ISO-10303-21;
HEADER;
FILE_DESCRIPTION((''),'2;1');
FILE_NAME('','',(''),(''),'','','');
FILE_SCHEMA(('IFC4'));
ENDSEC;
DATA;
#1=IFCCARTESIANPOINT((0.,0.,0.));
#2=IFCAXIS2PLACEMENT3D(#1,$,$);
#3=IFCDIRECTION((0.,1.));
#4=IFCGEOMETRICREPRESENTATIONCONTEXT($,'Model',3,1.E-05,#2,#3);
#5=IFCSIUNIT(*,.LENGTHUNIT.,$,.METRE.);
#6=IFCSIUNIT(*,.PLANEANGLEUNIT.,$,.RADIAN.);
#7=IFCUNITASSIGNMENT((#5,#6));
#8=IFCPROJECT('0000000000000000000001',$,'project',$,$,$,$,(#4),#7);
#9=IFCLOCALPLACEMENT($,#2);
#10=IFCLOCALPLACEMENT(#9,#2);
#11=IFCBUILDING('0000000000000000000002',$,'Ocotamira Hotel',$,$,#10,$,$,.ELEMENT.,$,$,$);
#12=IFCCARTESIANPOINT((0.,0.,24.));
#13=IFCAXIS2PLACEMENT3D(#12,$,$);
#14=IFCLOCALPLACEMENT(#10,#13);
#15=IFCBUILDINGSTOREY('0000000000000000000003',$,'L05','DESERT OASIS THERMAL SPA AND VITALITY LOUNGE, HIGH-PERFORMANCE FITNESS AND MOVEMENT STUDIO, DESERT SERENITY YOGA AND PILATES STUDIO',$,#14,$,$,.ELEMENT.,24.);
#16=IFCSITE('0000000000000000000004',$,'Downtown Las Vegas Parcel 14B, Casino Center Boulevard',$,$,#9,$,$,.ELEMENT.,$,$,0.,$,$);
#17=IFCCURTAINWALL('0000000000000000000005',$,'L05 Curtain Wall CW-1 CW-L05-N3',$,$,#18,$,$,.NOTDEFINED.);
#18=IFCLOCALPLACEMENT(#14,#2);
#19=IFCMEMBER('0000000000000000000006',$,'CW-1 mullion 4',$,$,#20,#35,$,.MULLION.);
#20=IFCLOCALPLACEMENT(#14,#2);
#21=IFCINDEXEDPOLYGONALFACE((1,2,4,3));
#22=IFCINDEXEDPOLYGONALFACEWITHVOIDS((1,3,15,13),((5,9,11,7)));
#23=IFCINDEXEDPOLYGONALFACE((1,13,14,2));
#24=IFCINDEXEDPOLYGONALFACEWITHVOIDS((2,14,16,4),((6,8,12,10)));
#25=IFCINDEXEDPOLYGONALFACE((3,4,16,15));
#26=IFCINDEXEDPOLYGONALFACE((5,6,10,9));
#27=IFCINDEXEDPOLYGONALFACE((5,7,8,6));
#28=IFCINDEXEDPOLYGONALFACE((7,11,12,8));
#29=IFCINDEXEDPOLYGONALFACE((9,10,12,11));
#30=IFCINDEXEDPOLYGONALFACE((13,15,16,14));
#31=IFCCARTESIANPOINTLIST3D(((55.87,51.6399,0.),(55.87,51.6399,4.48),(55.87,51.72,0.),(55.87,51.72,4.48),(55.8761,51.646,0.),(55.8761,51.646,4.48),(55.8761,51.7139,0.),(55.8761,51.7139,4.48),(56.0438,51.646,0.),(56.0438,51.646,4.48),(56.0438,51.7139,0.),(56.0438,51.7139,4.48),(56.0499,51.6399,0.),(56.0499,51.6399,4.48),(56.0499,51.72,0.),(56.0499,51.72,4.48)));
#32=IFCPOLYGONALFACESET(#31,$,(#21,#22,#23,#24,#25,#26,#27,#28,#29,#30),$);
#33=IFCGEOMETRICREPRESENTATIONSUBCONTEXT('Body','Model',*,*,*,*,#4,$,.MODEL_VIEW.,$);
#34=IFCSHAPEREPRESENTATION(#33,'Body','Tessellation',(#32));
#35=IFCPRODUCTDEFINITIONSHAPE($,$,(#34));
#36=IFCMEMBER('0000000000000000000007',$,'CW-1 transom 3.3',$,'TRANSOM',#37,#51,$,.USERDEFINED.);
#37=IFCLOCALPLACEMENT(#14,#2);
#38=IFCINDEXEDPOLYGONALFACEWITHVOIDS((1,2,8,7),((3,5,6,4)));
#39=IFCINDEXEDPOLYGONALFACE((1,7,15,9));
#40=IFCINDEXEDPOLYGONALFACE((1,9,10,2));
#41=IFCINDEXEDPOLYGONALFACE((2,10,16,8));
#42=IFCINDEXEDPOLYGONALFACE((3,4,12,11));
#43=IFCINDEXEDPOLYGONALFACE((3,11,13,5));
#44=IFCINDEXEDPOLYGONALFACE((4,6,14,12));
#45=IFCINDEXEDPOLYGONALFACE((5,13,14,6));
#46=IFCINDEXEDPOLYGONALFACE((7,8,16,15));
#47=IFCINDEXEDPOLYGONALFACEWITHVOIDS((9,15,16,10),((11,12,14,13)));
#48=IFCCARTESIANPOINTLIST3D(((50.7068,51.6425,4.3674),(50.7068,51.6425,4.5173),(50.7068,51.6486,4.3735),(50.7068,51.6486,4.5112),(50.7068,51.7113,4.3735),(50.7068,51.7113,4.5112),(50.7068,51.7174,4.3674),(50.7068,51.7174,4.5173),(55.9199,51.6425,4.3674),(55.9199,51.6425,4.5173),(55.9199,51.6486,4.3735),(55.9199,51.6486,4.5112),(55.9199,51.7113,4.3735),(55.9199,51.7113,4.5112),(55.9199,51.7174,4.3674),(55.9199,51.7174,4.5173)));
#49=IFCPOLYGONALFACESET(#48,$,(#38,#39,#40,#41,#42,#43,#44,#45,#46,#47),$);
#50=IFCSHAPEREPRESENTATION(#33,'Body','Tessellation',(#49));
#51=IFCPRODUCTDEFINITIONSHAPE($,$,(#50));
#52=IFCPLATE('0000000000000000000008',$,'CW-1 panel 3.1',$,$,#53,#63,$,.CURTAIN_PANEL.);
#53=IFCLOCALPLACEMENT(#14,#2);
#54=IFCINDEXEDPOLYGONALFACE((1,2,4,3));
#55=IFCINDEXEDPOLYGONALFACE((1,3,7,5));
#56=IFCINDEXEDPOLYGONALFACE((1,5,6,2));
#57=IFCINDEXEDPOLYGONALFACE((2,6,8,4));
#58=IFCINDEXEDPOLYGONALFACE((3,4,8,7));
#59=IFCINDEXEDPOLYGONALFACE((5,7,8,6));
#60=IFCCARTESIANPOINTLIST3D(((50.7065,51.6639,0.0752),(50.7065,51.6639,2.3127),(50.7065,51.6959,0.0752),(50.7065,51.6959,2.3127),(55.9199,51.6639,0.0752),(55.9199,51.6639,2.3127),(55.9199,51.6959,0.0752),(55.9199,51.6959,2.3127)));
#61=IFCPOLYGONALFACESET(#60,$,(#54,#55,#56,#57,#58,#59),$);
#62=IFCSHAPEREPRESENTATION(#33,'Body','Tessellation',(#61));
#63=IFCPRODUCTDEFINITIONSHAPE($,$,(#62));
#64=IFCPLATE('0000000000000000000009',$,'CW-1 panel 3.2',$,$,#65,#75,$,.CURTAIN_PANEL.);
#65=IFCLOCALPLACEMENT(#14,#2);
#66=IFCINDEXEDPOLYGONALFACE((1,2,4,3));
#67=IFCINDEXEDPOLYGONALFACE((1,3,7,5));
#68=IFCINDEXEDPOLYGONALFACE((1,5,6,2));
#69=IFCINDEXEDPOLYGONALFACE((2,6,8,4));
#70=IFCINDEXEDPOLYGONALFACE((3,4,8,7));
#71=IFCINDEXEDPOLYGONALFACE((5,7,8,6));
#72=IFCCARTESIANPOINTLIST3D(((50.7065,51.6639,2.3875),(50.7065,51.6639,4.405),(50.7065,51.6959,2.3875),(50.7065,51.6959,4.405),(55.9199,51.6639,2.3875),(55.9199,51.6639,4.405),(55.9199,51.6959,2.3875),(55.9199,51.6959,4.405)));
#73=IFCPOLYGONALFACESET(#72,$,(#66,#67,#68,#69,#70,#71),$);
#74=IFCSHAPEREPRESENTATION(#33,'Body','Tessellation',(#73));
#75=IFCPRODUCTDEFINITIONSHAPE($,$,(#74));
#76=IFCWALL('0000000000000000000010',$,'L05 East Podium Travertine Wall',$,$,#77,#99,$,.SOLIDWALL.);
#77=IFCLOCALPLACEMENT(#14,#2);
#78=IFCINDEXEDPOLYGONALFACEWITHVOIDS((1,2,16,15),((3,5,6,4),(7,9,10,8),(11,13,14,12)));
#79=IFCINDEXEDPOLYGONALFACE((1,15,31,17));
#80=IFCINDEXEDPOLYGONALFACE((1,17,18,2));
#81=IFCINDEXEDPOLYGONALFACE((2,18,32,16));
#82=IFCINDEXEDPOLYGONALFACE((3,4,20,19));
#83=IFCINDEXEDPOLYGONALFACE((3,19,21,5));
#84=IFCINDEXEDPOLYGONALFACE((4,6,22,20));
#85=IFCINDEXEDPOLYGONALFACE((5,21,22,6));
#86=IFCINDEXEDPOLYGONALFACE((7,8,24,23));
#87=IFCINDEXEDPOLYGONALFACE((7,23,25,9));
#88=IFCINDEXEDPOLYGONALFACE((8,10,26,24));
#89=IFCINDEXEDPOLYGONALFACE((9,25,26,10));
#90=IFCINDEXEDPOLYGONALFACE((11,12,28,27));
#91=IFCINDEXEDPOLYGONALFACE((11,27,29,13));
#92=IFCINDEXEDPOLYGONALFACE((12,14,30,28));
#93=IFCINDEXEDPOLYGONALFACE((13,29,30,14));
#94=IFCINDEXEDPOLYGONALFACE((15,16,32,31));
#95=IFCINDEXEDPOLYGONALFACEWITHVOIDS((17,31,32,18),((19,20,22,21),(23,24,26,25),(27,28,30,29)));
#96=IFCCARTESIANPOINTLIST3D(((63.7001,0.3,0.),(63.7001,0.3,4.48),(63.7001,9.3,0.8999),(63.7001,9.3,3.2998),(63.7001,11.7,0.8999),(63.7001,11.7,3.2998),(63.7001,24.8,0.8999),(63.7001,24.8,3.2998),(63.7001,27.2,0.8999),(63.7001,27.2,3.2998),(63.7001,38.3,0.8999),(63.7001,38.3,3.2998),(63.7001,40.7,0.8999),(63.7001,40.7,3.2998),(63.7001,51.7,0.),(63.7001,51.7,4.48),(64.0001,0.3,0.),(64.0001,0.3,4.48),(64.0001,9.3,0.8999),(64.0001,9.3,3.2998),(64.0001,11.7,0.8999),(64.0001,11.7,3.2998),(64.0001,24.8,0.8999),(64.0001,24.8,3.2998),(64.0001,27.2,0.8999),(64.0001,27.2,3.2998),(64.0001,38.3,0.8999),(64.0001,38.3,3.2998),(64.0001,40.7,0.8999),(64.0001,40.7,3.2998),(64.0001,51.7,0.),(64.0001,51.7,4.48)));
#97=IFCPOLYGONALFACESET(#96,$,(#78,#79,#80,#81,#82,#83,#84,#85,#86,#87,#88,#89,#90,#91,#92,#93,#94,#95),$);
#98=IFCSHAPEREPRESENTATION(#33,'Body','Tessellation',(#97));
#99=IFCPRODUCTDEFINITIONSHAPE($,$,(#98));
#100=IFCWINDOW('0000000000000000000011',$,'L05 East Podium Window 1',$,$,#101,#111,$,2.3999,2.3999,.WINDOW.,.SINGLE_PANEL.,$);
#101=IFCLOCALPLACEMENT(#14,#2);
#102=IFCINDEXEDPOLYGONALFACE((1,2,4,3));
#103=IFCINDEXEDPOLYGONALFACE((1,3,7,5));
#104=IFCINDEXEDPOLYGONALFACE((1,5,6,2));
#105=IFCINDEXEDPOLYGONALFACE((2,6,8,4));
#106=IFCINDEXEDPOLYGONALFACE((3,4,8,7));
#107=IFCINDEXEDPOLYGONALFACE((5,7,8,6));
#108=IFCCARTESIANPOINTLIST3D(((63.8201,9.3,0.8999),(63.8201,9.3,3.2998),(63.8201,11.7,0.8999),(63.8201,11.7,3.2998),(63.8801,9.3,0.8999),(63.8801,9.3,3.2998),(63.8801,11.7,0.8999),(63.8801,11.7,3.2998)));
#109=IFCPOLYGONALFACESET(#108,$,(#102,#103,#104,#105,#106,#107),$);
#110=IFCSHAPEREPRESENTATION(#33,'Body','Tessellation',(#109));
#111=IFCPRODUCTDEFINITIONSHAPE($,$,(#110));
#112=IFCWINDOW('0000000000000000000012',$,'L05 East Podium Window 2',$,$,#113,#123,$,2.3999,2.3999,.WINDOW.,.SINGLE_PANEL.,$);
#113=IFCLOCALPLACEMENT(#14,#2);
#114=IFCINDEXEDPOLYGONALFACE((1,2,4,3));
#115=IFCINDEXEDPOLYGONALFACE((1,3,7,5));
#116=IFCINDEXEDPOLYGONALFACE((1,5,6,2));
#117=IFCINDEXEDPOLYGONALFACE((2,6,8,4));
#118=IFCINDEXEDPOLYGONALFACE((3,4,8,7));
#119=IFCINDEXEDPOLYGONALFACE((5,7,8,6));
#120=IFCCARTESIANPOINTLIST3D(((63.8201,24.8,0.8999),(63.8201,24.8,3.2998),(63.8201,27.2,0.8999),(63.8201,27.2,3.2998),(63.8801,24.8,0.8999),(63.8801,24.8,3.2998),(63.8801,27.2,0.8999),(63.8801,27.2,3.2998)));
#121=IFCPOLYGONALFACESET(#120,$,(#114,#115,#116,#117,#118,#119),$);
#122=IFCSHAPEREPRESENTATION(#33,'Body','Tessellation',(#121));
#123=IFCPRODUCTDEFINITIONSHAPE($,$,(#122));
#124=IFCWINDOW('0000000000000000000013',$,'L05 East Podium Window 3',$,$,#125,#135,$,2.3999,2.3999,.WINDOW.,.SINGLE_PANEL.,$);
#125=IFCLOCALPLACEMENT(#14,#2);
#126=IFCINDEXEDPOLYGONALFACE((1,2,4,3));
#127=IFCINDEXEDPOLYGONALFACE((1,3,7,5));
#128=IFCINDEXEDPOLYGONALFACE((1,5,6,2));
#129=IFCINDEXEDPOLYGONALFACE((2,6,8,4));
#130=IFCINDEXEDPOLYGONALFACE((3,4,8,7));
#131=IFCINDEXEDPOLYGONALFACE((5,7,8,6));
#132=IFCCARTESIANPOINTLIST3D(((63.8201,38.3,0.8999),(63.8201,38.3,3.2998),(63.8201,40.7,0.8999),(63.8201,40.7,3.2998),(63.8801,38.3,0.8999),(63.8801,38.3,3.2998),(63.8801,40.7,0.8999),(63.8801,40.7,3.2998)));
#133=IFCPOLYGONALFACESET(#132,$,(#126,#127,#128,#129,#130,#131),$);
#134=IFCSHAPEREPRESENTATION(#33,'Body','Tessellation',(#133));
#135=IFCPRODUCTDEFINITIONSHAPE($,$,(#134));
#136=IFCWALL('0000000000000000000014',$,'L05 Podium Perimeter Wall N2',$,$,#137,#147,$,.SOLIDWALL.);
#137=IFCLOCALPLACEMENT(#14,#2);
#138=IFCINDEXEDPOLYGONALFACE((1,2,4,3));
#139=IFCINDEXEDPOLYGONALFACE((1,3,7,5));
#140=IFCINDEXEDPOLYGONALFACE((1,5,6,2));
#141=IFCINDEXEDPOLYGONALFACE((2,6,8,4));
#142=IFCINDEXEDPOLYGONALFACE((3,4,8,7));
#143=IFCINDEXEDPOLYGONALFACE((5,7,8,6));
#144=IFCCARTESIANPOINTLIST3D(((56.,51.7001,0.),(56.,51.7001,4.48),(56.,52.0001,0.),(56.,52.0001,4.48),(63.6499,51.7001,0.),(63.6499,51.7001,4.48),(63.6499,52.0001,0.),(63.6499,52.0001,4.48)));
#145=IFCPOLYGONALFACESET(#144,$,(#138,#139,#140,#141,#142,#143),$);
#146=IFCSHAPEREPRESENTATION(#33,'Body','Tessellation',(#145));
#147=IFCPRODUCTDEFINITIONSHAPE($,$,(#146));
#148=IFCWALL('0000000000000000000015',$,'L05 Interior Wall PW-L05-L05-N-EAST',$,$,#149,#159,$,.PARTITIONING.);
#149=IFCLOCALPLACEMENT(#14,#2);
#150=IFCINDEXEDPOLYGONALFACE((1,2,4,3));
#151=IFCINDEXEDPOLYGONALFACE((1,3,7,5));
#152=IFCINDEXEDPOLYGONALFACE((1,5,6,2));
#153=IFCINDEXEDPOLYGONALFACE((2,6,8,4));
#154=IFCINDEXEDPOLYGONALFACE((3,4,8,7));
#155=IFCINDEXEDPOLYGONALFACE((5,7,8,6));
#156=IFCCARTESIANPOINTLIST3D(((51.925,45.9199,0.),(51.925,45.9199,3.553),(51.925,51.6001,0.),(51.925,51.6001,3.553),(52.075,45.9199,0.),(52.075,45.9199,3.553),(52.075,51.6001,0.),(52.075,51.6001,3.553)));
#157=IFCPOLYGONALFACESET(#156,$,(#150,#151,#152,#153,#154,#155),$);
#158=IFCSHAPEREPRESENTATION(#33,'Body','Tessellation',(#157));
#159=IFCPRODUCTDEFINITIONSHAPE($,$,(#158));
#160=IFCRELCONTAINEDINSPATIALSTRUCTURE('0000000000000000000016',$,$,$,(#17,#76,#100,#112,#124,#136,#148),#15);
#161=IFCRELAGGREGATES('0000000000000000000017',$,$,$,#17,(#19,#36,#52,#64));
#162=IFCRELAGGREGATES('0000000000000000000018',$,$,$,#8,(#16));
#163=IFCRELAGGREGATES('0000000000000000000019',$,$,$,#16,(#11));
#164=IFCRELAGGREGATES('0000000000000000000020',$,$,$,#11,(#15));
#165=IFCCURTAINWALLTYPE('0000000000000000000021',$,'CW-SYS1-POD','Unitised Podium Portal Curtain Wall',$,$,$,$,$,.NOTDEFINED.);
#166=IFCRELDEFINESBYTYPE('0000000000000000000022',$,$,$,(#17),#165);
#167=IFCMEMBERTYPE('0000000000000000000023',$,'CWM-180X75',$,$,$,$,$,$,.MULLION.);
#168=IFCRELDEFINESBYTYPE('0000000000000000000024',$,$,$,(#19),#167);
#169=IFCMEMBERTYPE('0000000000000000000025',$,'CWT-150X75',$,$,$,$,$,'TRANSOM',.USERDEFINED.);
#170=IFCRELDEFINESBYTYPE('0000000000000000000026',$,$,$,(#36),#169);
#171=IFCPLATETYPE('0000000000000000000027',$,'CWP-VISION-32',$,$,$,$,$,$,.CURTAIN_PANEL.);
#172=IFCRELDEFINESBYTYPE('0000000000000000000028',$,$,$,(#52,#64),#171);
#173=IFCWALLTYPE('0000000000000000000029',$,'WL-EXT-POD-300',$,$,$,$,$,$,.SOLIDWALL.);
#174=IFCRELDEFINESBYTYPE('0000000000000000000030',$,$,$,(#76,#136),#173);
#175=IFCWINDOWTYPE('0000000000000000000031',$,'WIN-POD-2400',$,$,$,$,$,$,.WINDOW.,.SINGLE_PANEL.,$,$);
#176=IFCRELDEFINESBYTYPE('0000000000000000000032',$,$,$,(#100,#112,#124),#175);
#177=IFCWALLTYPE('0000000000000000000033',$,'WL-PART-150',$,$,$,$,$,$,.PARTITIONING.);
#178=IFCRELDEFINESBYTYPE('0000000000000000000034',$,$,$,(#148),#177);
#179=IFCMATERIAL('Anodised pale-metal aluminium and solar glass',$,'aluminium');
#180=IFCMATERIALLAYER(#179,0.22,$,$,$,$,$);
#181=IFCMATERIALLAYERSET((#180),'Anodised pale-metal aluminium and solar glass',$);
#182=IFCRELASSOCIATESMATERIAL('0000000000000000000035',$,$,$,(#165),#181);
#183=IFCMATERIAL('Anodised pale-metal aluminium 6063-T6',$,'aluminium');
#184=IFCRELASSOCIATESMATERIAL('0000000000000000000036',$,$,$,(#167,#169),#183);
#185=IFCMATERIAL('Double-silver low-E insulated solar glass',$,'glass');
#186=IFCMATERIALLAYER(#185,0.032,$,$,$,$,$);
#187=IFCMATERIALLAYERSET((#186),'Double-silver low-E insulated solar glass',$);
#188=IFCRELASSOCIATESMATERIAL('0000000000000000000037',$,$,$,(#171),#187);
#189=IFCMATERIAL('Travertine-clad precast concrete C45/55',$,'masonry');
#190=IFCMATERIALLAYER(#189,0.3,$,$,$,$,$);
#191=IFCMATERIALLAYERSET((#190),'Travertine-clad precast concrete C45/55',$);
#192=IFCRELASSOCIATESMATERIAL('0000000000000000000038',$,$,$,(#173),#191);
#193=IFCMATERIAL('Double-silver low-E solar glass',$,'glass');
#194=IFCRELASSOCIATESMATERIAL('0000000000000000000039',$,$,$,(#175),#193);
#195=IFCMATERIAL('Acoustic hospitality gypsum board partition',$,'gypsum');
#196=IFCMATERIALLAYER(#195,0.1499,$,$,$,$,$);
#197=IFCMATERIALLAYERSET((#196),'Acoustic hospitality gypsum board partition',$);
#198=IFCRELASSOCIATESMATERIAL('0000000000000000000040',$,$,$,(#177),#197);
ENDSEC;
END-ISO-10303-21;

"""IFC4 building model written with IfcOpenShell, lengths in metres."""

from ifc_helpers import new_model, si_unit, direction, frame, frame_2d, origin, origin_2d, place, context, subcontext, project, spatial, rectangle, hollow_rectangle, extrude, source, transform, mapped, material, layer, layer_set, material_profile, profile_set, type_object, element, fill, aggregate, save


model = new_model("IFC4")

# Units and contexts
model_context = context("Model", 3, precision=1e-05, world=origin(), true_north=direction((0.0, 1.0)))
body_context = subcontext(model_context, "Body", "Model", "MODEL_VIEW")
ifc_project = project(units=[si_unit("LENGTHUNIT", "METRE"), si_unit("PLANEANGLEUNIT", "RADIAN")], contexts=[model_context])

# Site, building, storey
site_placement = place(None, origin())
site = spatial("IfcSite", under=ifc_project, at=site_placement, Name="Downtown Las Vegas Parcel 14B, Casino Center Boulevard", CompositionType="ELEMENT", RefElevation=0.0)
building_placement = place(site_placement, origin())
building = spatial("IfcBuilding", under=site, at=building_placement, Name="Ocotamira Hotel", CompositionType="ELEMENT")
storey_placement = place(building_placement, frame((0.0, 0.0, 24.0)))
storey = spatial("IfcBuildingStorey", under=building, at=storey_placement, Name="L05", Description="DESERT OASIS THERMAL SPA AND VITALITY LOUNGE, HIGH-PERFORMANCE FITNESS AND MOVEMENT STUDIO, DESERT SERENITY YOGA AND PILATES STUDIO", CompositionType="ELEMENT", Elevation=24.0)

# Curtain wall, members, plates
ifc_material_1 = material(Name="Anodised pale-metal aluminium and solar glass", Category="aluminium")
ifc_layer_1 = layer(ifc_material_1, 0.22)
ifc_layer_set_1 = layer_set([ifc_layer_1], Name="Anodised pale-metal aluminium and solar glass")
curtain_wall_type = type_object("IfcCurtainWallType", Name="CW-SYS1-POD", Description="Unitised Podium Portal Curtain Wall", PredefinedType="NOTDEFINED", material=ifc_layer_set_1)
curtain_wall_placement = place(storey_placement, origin())
curtain_wall = element("IfcCurtainWall", 1, at=curtain_wall_placement, inside=storey, type_object=curtain_wall_type, Name="L05 Curtain Wall CW-1 CW-L05-N3", PredefinedType="NOTDEFINED")
ifc_material_2 = material(Name="Anodised pale-metal aluminium 6063-T6", Category="aluminium")
ifc_material_profile_1 = material_profile(ifc_material_2, hollow_rectangle(XDim=0.0801, YDim=0.1799, WallThickness=0.0061, at=origin_2d()), Name="HSS180X80X6")
ifc_profile_set_1 = profile_set([ifc_material_profile_1], Name="Anodised pale-metal aluminium 6063-T6")
member_type_1 = type_object("IfcMemberType", Name="CWM-180X75", PredefinedType="MULLION", material=ifc_profile_set_1)
shared_shape_1 = source(origin(), body_context, "Body", "SweptSolid", [
    extrude(hollow_rectangle(XDim=0.0801, YDim=0.1799, WallThickness=0.0061, at=origin_2d()), origin(), (0.0, 0.0, 1.0), 4.48),
])
member_1_placement = place(storey_placement, frame((55.96, 51.6799, 0.0), z_axis=(0.0, 0.0, 1.0), x_axis=(0.0, 1.0, 0.0)))
member_1 = element("IfcMember", 2, at=member_1_placement, type_object=member_type_1, Name="CW-1 mullion 4", PredefinedType="MULLION", context=body_context, shape_type="MappedRepresentation", body=[
    mapped(shared_shape_1, transform((0.0, 0.0, 0.0), scale=1.0)),
])
ifc_material_profile_2 = material_profile(ifc_material_2, hollow_rectangle(XDim=0.075, YDim=0.1499, WallThickness=0.0061, at=origin_2d()), Name="HSS150X75X6")
ifc_profile_set_2 = profile_set([ifc_material_profile_2], Name="Anodised pale-metal aluminium 6063-T6")
member_type_2 = type_object("IfcMemberType", Name="CWT-150X75", ElementType="TRANSOM", PredefinedType="USERDEFINED", material=ifc_profile_set_2)
shared_shape_2 = source(origin(), body_context, "Body", "SweptSolid", [
    extrude(hollow_rectangle(XDim=0.075, YDim=0.1499, WallThickness=0.0061, at=origin_2d()), origin(), (0.0, 0.0, 1.0), 5.2131),
])
member_2_placement = place(storey_placement, frame((50.7068, 51.6799, 4.4424), z_axis=(1.0, 0.0, 0.0), x_axis=(0.0, 1.0, 0.0)))
member_2 = element("IfcMember", 3, at=member_2_placement, type_object=member_type_2, Name="CW-1 transom 3.3", ObjectType="TRANSOM", PredefinedType="USERDEFINED", context=body_context, shape_type="MappedRepresentation", body=[
    mapped(shared_shape_2, transform((0.0, 0.0, 0.0), scale=1.0)),
])
ifc_material_3 = material(Name="Double-silver low-E insulated solar glass", Category="glass")
ifc_layer_2 = layer(ifc_material_3, 0.032)
ifc_layer_set_2 = layer_set([ifc_layer_2], Name="Double-silver low-E insulated solar glass")
plate_type = type_object("IfcPlateType", Name="CWP-VISION-32", PredefinedType="CURTAIN_PANEL", material=ifc_layer_set_2)
shared_shape_3 = source(origin(), body_context, "Body", "SweptSolid", [
    extrude(rectangle(XDim=5.2134, YDim=0.032, at=origin_2d()), origin(), (0.0, 0.0, 1.0), 2.2375),
])
plate_1_placement = place(storey_placement, frame((53.3132, 51.6799, 0.0752), z_axis=(0.0, 0.0, 1.0), x_axis=(1.0, 0.0, 0.0)))
plate_1 = element("IfcPlate", 4, at=plate_1_placement, type_object=plate_type, Name="CW-1 panel 3.1", PredefinedType="CURTAIN_PANEL", context=body_context, shape_type="MappedRepresentation", body=[
    mapped(shared_shape_3, transform((0.0, 0.0, 0.0), scale=1.0)),
])
shared_shape_4 = source(origin(), body_context, "Body", "SweptSolid", [
    extrude(rectangle(XDim=5.2134, YDim=0.032, at=origin_2d()), origin(), (0.0, 0.0, 1.0), 2.0176),
])
plate_2_placement = place(storey_placement, frame((53.3132, 51.6799, 2.3875), z_axis=(0.0, 0.0, 1.0), x_axis=(1.0, 0.0, 0.0)))
plate_2 = element("IfcPlate", 5, at=plate_2_placement, type_object=plate_type, Name="CW-1 panel 3.2", PredefinedType="CURTAIN_PANEL", context=body_context, shape_type="MappedRepresentation", body=[
    mapped(shared_shape_4, transform((0.0, 0.0, 0.0), scale=1.0)),
])
aggregate(curtain_wall, [member_1, member_2, plate_1, plate_2])

# Wall, openings, windows
ifc_material_4 = material(Name="Travertine-clad precast concrete C45/55", Category="masonry")
ifc_layer_3 = layer(ifc_material_4, 0.3)
ifc_layer_set_3 = layer_set([ifc_layer_3], Name="Travertine-clad precast concrete C45/55")
wall_type_1 = type_object("IfcWallType", Name="WL-EXT-POD-300", PredefinedType="SOLIDWALL", material=ifc_layer_set_3)
wall_1_placement = place(storey_placement, frame((63.8501, 51.7, 0.0), z_axis=(0.0, 0.0, 1.0), x_axis=(0.0, -1.0, 0.0)))
wall_1 = element("IfcWall", 6, at=wall_1_placement, inside=storey, type_object=wall_type_1, Name="L05 East Podium Travertine Wall", PredefinedType="SOLIDWALL", context=body_context, shape_type="SweptSolid", body=[
    extrude(rectangle(XDim=51.3999, YDim=0.3, at=frame_2d((25.7, 0.0))), origin(), (0.0, 0.0, 1.0), 4.48),
])
opening_1_placement = place(wall_1_placement, frame((40.0, 0.0, 0.8999)))
opening_1 = element("IfcOpeningElement", 7, at=opening_1_placement, cuts=wall_1, PredefinedType="OPENING", context=body_context, shape_type="SweptSolid", body=[
    extrude(rectangle(XDim=2.3999, YDim=2.3999, at=frame_2d((1.2, 1.2))), frame((0.0, 0.1602, 0.0), z_axis=(0.0, -1.0, 0.0), x_axis=(1.0, 0.0, 0.0)), (0.0, 0.0, 1.0), 0.3201),
])
opening_2_placement = place(wall_1_placement, frame((24.5, 0.0, 0.8999)))
opening_2 = element("IfcOpeningElement", 8, at=opening_2_placement, cuts=wall_1, PredefinedType="OPENING", context=body_context, shape_type="SweptSolid", body=[
    extrude(rectangle(XDim=2.3999, YDim=2.3999, at=frame_2d((1.2, 1.2))), frame((0.0, 0.1602, 0.0), z_axis=(0.0, -1.0, 0.0), x_axis=(1.0, 0.0, 0.0)), (0.0, 0.0, 1.0), 0.3201),
])
opening_3_placement = place(wall_1_placement, frame((11.0, 0.0, 0.8999)))
opening_3 = element("IfcOpeningElement", 9, at=opening_3_placement, cuts=wall_1, PredefinedType="OPENING", context=body_context, shape_type="SweptSolid", body=[
    extrude(rectangle(XDim=2.3999, YDim=2.3999, at=frame_2d((1.2, 1.2))), frame((0.0, 0.1602, 0.0), z_axis=(0.0, -1.0, 0.0), x_axis=(1.0, 0.0, 0.0)), (0.0, 0.0, 1.0), 0.3201),
])
ifc_material_5 = material(Name="Double-silver low-E solar glass", Category="glass")
window_type = type_object("IfcWindowType", Name="WIN-POD-2400", PartitioningType="SINGLE_PANEL", PredefinedType="WINDOW", material=ifc_material_5)
shared_shape_5 = source(origin(), body_context, "Body", "SweptSolid", [
    extrude(rectangle(XDim=2.3999, YDim=2.3999, at=frame_2d((1.2, 1.2))), frame((0.0, 0.03, 0.0), z_axis=(0.0, -1.0, 0.0), x_axis=(1.0, 0.0, 0.0)), (0.0, 0.0, 1.0), 0.0601),
])
window_1_placement = place(opening_1_placement, origin())
window_1 = element("IfcWindow", 10, at=window_1_placement, inside=storey, type_object=window_type, Name="L05 East Podium Window 1", OverallHeight=2.3999, OverallWidth=2.3999, PartitioningType="SINGLE_PANEL", PredefinedType="WINDOW", context=body_context, shape_type="MappedRepresentation", body=[
    mapped(shared_shape_5, transform((0.0, 0.0, 0.0), scale=1.0)),
])
fill(opening_1, window_1)
window_2_placement = place(opening_2_placement, origin())
window_2 = element("IfcWindow", 11, at=window_2_placement, inside=storey, type_object=window_type, Name="L05 East Podium Window 2", OverallHeight=2.3999, OverallWidth=2.3999, PartitioningType="SINGLE_PANEL", PredefinedType="WINDOW", context=body_context, shape_type="MappedRepresentation", body=[
    mapped(shared_shape_5, transform((0.0, 0.0, 0.0), scale=1.0)),
])
fill(opening_2, window_2)
window_3_placement = place(opening_3_placement, origin())
window_3 = element("IfcWindow", 12, at=window_3_placement, inside=storey, type_object=window_type, Name="L05 East Podium Window 3", OverallHeight=2.3999, OverallWidth=2.3999, PartitioningType="SINGLE_PANEL", PredefinedType="WINDOW", context=body_context, shape_type="MappedRepresentation", body=[
    mapped(shared_shape_5, transform((0.0, 0.0, 0.0), scale=1.0)),
])
fill(opening_3, window_3)

# Walls
wall_2_placement = place(storey_placement, frame((56.0, 51.8501, 0.0), z_axis=(0.0, 0.0, 1.0), x_axis=(1.0, 0.0, 0.0)))
element("IfcWall", 13, at=wall_2_placement, inside=storey, type_object=wall_type_1, Name="L05 Podium Perimeter Wall N2", PredefinedType="SOLIDWALL", context=body_context, shape_type="SweptSolid", body=[
    extrude(rectangle(XDim=7.6499, YDim=0.3, at=frame_2d((3.825, 0.0))), origin(), (0.0, 0.0, 1.0), 4.48),
])
ifc_material_6 = material(Name="Acoustic hospitality gypsum board partition", Category="gypsum")
ifc_layer_4 = layer(ifc_material_6, 0.1499)
ifc_layer_set_4 = layer_set([ifc_layer_4], Name="Acoustic hospitality gypsum board partition")
wall_type_2 = type_object("IfcWallType", Name="WL-PART-150", PredefinedType="PARTITIONING", material=ifc_layer_set_4)
wall_3_placement = place(storey_placement, frame((52.0, 45.9199, 0.0), z_axis=(0.0, 0.0, 1.0), x_axis=(0.0, 1.0, 0.0)))
element("IfcWall", 14, at=wall_3_placement, inside=storey, type_object=wall_type_2, Name="L05 Interior Wall PW-L05-L05-N-EAST", PredefinedType="PARTITIONING", context=body_context, shape_type="SweptSolid", body=[
    extrude(rectangle(XDim=5.6802, YDim=0.1499, at=frame_2d((2.8401, 0.0))), origin(), (0.0, 0.0, 1.0), 3.553),
])

save(model, "model.ifc")
